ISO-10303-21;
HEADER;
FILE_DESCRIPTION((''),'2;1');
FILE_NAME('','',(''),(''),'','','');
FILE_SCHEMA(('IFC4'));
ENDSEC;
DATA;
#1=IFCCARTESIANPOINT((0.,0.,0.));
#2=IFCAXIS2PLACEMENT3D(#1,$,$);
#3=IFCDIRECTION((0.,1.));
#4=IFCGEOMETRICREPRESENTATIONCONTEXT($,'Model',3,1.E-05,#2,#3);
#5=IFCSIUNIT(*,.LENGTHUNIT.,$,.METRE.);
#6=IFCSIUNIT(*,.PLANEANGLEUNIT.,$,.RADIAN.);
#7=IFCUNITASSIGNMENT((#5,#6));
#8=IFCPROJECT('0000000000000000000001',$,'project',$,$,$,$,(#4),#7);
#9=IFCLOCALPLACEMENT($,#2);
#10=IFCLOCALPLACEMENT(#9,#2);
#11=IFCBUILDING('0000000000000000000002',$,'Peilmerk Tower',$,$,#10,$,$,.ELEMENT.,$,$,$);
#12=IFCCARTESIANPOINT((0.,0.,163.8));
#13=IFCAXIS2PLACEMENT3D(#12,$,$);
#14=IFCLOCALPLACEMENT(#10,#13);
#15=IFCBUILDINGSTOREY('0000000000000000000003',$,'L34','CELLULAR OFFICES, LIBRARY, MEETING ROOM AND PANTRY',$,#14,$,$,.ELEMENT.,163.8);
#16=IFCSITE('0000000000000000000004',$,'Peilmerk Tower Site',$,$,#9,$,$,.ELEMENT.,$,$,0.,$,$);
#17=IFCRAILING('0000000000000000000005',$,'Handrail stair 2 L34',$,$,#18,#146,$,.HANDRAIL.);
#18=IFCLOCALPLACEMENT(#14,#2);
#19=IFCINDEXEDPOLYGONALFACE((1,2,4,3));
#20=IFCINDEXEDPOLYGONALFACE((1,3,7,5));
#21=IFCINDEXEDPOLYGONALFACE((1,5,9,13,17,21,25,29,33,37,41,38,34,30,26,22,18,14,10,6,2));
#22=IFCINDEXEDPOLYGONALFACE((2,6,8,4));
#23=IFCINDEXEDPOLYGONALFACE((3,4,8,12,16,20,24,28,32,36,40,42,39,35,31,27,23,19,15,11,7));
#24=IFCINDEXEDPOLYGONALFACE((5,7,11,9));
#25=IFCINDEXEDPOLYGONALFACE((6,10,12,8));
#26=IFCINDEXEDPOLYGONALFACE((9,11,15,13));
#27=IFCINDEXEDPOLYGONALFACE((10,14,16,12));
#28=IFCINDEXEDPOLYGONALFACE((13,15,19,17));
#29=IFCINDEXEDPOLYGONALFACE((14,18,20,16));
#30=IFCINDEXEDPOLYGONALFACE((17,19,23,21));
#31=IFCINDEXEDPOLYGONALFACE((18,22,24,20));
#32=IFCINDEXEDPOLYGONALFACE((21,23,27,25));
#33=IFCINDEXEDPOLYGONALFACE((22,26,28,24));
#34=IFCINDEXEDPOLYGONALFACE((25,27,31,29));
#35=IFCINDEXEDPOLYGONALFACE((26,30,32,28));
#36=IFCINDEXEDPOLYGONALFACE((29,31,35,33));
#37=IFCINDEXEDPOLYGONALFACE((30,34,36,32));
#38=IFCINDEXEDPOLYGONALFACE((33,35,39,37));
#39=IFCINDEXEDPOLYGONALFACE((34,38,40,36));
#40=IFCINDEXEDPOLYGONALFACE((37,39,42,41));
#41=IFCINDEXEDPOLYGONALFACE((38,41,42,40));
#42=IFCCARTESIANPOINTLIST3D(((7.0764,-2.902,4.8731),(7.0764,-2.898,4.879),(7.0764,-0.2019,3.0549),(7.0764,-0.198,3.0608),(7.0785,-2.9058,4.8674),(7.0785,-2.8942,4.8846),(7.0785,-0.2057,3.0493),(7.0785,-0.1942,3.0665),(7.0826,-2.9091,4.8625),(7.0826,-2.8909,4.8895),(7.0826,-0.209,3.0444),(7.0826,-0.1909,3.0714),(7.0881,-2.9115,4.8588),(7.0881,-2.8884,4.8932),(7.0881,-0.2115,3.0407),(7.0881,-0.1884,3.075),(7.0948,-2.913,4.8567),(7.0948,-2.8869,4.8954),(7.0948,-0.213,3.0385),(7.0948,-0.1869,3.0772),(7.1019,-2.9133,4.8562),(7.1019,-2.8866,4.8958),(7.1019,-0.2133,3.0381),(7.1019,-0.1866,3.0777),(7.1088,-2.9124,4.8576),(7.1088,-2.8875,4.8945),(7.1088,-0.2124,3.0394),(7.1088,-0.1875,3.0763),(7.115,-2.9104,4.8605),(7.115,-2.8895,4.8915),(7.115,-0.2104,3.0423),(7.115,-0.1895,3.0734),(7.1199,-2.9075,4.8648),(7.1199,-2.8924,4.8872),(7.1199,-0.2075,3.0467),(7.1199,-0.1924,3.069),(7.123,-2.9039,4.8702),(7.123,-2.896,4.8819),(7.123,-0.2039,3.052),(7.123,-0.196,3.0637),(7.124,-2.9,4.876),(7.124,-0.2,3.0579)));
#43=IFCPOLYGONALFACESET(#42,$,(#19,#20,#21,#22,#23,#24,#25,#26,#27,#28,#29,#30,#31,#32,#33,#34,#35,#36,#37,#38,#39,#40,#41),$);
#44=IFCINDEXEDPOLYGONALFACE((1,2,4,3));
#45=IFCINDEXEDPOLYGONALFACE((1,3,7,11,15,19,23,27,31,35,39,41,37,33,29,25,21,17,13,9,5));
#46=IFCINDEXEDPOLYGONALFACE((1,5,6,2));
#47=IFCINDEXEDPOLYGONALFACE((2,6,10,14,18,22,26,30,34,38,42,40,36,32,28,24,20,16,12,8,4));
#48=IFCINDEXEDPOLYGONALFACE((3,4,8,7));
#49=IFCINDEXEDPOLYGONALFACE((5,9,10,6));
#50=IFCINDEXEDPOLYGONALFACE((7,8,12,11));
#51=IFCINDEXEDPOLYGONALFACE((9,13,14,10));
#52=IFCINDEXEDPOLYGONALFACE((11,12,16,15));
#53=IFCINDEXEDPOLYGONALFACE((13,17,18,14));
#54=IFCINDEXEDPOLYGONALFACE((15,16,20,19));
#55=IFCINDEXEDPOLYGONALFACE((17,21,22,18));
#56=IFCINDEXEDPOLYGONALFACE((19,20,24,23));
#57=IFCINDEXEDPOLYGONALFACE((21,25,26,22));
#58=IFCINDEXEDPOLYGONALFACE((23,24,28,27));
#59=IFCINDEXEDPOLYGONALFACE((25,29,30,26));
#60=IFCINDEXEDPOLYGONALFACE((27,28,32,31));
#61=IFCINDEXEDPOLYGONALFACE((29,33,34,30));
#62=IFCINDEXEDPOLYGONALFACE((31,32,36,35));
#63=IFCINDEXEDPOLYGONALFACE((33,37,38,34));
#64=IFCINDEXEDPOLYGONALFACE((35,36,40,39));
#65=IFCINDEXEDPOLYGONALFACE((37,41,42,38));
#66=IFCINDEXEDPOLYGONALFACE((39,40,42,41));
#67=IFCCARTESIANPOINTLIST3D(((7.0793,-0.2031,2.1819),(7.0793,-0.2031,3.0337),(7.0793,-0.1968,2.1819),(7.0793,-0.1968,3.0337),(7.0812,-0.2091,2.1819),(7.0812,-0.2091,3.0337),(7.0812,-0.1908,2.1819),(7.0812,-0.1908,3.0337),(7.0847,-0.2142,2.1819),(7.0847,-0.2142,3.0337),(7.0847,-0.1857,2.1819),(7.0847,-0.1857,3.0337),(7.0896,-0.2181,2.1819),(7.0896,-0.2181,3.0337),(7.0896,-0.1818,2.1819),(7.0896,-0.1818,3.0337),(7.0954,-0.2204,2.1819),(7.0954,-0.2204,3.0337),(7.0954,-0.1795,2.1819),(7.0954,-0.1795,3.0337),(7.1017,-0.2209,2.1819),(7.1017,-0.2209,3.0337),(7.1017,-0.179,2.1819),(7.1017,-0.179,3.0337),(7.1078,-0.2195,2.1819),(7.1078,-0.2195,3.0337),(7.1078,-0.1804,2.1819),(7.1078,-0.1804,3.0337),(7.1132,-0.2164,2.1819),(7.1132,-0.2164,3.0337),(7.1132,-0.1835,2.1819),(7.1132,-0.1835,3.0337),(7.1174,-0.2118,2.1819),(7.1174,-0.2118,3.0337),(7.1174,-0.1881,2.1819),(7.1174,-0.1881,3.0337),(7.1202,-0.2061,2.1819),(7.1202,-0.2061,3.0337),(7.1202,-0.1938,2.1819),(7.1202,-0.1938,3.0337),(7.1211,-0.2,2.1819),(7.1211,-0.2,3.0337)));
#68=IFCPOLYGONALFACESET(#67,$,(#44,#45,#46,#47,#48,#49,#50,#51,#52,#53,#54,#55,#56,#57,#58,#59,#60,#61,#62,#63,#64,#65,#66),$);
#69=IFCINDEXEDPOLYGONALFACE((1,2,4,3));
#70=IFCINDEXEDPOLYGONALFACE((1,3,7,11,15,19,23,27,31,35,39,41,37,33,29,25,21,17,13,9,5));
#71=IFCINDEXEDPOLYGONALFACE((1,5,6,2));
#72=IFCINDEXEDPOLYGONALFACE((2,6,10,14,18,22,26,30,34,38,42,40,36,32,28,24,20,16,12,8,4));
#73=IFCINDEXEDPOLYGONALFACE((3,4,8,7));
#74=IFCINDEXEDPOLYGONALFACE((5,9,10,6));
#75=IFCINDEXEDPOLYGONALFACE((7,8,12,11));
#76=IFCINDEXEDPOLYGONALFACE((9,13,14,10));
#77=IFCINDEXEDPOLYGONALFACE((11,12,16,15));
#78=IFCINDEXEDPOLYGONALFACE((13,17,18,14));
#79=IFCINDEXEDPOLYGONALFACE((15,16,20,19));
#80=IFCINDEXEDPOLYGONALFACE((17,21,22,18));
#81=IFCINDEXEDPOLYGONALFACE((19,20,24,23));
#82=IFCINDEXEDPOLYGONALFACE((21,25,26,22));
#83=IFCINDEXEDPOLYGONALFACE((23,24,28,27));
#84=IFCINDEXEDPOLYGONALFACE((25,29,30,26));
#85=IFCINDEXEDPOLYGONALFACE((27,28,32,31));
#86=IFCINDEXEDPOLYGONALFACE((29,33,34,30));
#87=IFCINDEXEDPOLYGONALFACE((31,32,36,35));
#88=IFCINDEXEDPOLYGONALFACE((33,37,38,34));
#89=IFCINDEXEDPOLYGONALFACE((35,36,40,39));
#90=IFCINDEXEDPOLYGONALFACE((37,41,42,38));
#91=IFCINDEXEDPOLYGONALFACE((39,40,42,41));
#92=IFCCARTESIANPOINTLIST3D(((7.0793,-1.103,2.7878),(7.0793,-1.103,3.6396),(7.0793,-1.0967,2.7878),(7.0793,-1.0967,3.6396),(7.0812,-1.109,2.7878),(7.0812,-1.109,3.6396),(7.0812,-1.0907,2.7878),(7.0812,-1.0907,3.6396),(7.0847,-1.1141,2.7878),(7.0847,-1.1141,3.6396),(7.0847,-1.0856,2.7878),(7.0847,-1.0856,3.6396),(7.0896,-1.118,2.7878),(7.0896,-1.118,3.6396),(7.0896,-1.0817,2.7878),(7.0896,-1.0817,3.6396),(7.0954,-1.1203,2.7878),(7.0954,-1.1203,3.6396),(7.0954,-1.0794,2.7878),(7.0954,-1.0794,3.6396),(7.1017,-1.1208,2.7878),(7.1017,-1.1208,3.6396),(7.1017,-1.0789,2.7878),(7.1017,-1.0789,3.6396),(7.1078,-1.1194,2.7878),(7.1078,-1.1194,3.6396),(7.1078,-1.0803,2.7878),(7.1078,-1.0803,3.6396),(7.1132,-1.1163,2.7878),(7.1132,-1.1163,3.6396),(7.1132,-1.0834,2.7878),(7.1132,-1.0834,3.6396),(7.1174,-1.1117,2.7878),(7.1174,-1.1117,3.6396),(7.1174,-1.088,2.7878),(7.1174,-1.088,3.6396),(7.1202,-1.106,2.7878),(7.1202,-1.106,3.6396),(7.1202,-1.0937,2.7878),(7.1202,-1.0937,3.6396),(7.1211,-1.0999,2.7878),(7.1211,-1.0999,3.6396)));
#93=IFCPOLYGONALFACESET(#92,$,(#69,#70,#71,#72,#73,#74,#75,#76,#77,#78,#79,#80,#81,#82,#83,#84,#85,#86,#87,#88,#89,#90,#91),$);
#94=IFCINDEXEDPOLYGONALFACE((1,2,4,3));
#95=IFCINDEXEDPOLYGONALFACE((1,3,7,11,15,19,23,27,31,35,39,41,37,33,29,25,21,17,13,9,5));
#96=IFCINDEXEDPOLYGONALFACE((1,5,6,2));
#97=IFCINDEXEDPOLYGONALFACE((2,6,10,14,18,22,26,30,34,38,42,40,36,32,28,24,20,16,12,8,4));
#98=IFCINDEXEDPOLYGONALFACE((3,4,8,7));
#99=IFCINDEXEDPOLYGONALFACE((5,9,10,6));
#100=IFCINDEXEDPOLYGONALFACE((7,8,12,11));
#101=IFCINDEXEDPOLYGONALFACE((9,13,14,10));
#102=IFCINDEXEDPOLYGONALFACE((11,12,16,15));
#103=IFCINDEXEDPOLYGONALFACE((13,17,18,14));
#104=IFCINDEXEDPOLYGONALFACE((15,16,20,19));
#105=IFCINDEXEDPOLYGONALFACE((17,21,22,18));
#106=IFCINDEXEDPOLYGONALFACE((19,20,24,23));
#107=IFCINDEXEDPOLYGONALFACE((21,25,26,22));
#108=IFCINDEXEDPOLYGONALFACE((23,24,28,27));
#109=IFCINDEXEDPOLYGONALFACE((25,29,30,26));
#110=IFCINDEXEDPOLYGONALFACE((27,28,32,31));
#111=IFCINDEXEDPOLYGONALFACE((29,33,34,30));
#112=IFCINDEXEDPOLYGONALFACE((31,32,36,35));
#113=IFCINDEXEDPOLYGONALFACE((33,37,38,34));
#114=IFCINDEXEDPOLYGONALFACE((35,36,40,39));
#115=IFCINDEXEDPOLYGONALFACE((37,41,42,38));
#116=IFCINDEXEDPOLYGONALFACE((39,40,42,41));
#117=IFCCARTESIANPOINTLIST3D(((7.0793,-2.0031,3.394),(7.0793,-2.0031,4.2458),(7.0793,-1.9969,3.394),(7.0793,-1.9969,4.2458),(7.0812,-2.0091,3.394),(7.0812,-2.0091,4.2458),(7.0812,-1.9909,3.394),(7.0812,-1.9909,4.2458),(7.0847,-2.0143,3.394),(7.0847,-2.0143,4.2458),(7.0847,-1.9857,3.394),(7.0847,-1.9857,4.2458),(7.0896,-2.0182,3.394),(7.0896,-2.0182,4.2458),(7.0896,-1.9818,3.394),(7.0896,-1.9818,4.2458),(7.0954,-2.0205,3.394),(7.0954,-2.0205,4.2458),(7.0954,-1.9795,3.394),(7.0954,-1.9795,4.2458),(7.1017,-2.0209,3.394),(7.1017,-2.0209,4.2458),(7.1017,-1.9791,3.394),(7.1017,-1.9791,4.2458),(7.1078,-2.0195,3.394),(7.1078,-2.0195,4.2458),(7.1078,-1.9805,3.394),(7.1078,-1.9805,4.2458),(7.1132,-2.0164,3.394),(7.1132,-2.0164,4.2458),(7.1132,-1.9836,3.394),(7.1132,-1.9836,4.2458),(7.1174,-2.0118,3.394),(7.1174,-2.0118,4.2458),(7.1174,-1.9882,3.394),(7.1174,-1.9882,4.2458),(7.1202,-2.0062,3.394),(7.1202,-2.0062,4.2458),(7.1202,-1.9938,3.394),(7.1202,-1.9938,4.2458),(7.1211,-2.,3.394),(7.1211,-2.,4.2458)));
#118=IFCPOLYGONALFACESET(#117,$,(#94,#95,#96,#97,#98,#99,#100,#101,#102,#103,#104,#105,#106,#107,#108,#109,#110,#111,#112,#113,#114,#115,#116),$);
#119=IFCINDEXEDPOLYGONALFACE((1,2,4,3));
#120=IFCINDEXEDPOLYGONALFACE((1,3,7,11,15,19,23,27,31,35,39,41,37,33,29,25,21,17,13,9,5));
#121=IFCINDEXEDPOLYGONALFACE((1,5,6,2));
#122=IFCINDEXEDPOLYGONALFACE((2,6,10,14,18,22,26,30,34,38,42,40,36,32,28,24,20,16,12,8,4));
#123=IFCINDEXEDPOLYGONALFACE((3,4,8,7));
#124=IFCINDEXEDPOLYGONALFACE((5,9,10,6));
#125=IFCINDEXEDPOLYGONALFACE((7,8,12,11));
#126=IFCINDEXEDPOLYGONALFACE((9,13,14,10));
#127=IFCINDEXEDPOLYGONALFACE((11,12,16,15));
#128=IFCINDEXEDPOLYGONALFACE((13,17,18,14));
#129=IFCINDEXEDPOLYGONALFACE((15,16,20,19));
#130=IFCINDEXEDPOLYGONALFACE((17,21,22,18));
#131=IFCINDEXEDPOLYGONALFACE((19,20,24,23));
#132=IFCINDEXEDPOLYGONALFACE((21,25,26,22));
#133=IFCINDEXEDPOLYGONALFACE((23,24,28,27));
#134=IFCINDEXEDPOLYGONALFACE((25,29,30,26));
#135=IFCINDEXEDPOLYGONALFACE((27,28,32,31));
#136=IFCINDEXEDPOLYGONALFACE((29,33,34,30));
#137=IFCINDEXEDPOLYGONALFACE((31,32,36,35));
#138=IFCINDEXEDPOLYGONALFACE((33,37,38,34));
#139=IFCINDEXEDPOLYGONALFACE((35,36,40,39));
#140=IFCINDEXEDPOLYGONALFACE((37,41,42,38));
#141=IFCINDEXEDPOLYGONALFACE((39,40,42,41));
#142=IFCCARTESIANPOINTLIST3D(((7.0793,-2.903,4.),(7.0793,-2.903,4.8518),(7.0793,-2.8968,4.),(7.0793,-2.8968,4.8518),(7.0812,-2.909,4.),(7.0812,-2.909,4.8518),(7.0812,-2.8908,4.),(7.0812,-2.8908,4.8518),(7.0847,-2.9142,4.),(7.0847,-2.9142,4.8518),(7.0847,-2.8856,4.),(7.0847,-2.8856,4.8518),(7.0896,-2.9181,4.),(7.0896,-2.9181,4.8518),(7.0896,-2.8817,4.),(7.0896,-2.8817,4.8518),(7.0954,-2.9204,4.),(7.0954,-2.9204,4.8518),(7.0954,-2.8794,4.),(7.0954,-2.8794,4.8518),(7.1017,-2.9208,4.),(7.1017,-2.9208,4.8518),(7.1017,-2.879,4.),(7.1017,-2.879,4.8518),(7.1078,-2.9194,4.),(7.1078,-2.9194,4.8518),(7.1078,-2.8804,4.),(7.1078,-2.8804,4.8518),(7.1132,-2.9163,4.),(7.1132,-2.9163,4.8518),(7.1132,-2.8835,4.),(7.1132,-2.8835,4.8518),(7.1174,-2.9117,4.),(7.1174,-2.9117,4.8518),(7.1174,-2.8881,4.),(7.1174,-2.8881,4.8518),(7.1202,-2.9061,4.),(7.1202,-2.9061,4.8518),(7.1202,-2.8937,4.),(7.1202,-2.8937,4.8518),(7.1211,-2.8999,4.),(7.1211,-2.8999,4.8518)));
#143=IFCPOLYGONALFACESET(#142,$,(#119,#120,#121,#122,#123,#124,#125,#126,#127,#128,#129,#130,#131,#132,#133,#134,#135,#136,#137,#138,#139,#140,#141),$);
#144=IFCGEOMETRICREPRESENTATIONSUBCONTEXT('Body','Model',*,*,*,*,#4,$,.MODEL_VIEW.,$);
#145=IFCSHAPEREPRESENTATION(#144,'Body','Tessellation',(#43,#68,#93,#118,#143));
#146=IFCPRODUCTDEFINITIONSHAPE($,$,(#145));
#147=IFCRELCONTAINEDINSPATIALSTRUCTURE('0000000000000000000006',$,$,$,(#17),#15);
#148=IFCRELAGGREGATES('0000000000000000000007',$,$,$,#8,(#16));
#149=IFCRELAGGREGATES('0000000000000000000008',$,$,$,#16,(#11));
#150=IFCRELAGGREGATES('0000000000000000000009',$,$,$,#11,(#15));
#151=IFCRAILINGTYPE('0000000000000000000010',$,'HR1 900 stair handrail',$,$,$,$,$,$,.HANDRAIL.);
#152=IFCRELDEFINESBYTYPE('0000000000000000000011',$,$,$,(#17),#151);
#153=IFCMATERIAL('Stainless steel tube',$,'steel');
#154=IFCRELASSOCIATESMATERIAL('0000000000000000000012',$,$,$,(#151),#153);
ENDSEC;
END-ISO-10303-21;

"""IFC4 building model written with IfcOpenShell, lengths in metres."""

from ifc_helpers import new_model, si_unit, direction, frame, origin, origin_2d, place, context, subcontext, project, spatial, circle, extrude, material, type_object, element, save


model = new_model("IFC4")

# Units and contexts
model_context = context("Model", 3, precision=1e-05, world=origin(), true_north=direction((0.0, 1.0)))
body_context = subcontext(model_context, "Body", "Model", "MODEL_VIEW")
ifc_project = project(units=[si_unit("LENGTHUNIT", "METRE"), si_unit("PLANEANGLEUNIT", "RADIAN")], contexts=[model_context])

# Site, building, storey
site_placement = place(None, origin())
site = spatial("IfcSite", under=ifc_project, at=site_placement, Name="Peilmerk Tower Site", CompositionType="ELEMENT", RefElevation=0.0)
building_placement = place(site_placement, origin())
building = spatial("IfcBuilding", under=site, at=building_placement, Name="Peilmerk Tower", CompositionType="ELEMENT")
storey_placement = place(building_placement, frame((0.0, 0.0, 163.8)))
storey = spatial("IfcBuildingStorey", under=building, at=storey_placement, Name="L34", Description="CELLULAR OFFICES, LIBRARY, MEETING ROOM AND PANTRY", CompositionType="ELEMENT", Elevation=163.8)

# Railing
ifc_material_1 = material(Name="Stainless steel tube", Category="steel")
railing_type_1 = type_object("IfcRailingType", Name="HR1 900 stair handrail", PredefinedType="HANDRAIL", material=ifc_material_1)
railing_1_placement = place(storey_placement, frame((7.1001, -0.2, 2.1819)))
element("IfcRailing", 1, at=railing_1_placement, inside=storey, type_object=railing_type_1, Name="Handrail stair 2 L34", PredefinedType="HANDRAIL", context=body_context, shape_type="SweptSolid", body=[
    extrude(circle(Radius=0.0239, at=origin_2d()), frame((0.0, 0.0, 0.876), z_axis=(0.0, -0.829468, 0.558554), x_axis=(1.0, 0.0, 0.0)), (0.0, 0.0, 1.0), 3.2551),
    extrude(circle(Radius=0.021, at=origin_2d()), origin(), (0.0, 0.0, 1.0), 0.8518),
    extrude(circle(Radius=0.021, at=origin_2d()), frame((0.0, -0.8999, 0.606)), (0.0, 0.0, 1.0), 0.8518),
    extrude(circle(Radius=0.021, at=origin_2d()), frame((0.0, -1.8, 1.2122)), (0.0, 0.0, 1.0), 0.8518),
    extrude(circle(Radius=0.021, at=origin_2d()), frame((0.0, -2.7, 1.8181)), (0.0, 0.0, 1.0), 0.8518),
])

save(model, "model.ifc")
